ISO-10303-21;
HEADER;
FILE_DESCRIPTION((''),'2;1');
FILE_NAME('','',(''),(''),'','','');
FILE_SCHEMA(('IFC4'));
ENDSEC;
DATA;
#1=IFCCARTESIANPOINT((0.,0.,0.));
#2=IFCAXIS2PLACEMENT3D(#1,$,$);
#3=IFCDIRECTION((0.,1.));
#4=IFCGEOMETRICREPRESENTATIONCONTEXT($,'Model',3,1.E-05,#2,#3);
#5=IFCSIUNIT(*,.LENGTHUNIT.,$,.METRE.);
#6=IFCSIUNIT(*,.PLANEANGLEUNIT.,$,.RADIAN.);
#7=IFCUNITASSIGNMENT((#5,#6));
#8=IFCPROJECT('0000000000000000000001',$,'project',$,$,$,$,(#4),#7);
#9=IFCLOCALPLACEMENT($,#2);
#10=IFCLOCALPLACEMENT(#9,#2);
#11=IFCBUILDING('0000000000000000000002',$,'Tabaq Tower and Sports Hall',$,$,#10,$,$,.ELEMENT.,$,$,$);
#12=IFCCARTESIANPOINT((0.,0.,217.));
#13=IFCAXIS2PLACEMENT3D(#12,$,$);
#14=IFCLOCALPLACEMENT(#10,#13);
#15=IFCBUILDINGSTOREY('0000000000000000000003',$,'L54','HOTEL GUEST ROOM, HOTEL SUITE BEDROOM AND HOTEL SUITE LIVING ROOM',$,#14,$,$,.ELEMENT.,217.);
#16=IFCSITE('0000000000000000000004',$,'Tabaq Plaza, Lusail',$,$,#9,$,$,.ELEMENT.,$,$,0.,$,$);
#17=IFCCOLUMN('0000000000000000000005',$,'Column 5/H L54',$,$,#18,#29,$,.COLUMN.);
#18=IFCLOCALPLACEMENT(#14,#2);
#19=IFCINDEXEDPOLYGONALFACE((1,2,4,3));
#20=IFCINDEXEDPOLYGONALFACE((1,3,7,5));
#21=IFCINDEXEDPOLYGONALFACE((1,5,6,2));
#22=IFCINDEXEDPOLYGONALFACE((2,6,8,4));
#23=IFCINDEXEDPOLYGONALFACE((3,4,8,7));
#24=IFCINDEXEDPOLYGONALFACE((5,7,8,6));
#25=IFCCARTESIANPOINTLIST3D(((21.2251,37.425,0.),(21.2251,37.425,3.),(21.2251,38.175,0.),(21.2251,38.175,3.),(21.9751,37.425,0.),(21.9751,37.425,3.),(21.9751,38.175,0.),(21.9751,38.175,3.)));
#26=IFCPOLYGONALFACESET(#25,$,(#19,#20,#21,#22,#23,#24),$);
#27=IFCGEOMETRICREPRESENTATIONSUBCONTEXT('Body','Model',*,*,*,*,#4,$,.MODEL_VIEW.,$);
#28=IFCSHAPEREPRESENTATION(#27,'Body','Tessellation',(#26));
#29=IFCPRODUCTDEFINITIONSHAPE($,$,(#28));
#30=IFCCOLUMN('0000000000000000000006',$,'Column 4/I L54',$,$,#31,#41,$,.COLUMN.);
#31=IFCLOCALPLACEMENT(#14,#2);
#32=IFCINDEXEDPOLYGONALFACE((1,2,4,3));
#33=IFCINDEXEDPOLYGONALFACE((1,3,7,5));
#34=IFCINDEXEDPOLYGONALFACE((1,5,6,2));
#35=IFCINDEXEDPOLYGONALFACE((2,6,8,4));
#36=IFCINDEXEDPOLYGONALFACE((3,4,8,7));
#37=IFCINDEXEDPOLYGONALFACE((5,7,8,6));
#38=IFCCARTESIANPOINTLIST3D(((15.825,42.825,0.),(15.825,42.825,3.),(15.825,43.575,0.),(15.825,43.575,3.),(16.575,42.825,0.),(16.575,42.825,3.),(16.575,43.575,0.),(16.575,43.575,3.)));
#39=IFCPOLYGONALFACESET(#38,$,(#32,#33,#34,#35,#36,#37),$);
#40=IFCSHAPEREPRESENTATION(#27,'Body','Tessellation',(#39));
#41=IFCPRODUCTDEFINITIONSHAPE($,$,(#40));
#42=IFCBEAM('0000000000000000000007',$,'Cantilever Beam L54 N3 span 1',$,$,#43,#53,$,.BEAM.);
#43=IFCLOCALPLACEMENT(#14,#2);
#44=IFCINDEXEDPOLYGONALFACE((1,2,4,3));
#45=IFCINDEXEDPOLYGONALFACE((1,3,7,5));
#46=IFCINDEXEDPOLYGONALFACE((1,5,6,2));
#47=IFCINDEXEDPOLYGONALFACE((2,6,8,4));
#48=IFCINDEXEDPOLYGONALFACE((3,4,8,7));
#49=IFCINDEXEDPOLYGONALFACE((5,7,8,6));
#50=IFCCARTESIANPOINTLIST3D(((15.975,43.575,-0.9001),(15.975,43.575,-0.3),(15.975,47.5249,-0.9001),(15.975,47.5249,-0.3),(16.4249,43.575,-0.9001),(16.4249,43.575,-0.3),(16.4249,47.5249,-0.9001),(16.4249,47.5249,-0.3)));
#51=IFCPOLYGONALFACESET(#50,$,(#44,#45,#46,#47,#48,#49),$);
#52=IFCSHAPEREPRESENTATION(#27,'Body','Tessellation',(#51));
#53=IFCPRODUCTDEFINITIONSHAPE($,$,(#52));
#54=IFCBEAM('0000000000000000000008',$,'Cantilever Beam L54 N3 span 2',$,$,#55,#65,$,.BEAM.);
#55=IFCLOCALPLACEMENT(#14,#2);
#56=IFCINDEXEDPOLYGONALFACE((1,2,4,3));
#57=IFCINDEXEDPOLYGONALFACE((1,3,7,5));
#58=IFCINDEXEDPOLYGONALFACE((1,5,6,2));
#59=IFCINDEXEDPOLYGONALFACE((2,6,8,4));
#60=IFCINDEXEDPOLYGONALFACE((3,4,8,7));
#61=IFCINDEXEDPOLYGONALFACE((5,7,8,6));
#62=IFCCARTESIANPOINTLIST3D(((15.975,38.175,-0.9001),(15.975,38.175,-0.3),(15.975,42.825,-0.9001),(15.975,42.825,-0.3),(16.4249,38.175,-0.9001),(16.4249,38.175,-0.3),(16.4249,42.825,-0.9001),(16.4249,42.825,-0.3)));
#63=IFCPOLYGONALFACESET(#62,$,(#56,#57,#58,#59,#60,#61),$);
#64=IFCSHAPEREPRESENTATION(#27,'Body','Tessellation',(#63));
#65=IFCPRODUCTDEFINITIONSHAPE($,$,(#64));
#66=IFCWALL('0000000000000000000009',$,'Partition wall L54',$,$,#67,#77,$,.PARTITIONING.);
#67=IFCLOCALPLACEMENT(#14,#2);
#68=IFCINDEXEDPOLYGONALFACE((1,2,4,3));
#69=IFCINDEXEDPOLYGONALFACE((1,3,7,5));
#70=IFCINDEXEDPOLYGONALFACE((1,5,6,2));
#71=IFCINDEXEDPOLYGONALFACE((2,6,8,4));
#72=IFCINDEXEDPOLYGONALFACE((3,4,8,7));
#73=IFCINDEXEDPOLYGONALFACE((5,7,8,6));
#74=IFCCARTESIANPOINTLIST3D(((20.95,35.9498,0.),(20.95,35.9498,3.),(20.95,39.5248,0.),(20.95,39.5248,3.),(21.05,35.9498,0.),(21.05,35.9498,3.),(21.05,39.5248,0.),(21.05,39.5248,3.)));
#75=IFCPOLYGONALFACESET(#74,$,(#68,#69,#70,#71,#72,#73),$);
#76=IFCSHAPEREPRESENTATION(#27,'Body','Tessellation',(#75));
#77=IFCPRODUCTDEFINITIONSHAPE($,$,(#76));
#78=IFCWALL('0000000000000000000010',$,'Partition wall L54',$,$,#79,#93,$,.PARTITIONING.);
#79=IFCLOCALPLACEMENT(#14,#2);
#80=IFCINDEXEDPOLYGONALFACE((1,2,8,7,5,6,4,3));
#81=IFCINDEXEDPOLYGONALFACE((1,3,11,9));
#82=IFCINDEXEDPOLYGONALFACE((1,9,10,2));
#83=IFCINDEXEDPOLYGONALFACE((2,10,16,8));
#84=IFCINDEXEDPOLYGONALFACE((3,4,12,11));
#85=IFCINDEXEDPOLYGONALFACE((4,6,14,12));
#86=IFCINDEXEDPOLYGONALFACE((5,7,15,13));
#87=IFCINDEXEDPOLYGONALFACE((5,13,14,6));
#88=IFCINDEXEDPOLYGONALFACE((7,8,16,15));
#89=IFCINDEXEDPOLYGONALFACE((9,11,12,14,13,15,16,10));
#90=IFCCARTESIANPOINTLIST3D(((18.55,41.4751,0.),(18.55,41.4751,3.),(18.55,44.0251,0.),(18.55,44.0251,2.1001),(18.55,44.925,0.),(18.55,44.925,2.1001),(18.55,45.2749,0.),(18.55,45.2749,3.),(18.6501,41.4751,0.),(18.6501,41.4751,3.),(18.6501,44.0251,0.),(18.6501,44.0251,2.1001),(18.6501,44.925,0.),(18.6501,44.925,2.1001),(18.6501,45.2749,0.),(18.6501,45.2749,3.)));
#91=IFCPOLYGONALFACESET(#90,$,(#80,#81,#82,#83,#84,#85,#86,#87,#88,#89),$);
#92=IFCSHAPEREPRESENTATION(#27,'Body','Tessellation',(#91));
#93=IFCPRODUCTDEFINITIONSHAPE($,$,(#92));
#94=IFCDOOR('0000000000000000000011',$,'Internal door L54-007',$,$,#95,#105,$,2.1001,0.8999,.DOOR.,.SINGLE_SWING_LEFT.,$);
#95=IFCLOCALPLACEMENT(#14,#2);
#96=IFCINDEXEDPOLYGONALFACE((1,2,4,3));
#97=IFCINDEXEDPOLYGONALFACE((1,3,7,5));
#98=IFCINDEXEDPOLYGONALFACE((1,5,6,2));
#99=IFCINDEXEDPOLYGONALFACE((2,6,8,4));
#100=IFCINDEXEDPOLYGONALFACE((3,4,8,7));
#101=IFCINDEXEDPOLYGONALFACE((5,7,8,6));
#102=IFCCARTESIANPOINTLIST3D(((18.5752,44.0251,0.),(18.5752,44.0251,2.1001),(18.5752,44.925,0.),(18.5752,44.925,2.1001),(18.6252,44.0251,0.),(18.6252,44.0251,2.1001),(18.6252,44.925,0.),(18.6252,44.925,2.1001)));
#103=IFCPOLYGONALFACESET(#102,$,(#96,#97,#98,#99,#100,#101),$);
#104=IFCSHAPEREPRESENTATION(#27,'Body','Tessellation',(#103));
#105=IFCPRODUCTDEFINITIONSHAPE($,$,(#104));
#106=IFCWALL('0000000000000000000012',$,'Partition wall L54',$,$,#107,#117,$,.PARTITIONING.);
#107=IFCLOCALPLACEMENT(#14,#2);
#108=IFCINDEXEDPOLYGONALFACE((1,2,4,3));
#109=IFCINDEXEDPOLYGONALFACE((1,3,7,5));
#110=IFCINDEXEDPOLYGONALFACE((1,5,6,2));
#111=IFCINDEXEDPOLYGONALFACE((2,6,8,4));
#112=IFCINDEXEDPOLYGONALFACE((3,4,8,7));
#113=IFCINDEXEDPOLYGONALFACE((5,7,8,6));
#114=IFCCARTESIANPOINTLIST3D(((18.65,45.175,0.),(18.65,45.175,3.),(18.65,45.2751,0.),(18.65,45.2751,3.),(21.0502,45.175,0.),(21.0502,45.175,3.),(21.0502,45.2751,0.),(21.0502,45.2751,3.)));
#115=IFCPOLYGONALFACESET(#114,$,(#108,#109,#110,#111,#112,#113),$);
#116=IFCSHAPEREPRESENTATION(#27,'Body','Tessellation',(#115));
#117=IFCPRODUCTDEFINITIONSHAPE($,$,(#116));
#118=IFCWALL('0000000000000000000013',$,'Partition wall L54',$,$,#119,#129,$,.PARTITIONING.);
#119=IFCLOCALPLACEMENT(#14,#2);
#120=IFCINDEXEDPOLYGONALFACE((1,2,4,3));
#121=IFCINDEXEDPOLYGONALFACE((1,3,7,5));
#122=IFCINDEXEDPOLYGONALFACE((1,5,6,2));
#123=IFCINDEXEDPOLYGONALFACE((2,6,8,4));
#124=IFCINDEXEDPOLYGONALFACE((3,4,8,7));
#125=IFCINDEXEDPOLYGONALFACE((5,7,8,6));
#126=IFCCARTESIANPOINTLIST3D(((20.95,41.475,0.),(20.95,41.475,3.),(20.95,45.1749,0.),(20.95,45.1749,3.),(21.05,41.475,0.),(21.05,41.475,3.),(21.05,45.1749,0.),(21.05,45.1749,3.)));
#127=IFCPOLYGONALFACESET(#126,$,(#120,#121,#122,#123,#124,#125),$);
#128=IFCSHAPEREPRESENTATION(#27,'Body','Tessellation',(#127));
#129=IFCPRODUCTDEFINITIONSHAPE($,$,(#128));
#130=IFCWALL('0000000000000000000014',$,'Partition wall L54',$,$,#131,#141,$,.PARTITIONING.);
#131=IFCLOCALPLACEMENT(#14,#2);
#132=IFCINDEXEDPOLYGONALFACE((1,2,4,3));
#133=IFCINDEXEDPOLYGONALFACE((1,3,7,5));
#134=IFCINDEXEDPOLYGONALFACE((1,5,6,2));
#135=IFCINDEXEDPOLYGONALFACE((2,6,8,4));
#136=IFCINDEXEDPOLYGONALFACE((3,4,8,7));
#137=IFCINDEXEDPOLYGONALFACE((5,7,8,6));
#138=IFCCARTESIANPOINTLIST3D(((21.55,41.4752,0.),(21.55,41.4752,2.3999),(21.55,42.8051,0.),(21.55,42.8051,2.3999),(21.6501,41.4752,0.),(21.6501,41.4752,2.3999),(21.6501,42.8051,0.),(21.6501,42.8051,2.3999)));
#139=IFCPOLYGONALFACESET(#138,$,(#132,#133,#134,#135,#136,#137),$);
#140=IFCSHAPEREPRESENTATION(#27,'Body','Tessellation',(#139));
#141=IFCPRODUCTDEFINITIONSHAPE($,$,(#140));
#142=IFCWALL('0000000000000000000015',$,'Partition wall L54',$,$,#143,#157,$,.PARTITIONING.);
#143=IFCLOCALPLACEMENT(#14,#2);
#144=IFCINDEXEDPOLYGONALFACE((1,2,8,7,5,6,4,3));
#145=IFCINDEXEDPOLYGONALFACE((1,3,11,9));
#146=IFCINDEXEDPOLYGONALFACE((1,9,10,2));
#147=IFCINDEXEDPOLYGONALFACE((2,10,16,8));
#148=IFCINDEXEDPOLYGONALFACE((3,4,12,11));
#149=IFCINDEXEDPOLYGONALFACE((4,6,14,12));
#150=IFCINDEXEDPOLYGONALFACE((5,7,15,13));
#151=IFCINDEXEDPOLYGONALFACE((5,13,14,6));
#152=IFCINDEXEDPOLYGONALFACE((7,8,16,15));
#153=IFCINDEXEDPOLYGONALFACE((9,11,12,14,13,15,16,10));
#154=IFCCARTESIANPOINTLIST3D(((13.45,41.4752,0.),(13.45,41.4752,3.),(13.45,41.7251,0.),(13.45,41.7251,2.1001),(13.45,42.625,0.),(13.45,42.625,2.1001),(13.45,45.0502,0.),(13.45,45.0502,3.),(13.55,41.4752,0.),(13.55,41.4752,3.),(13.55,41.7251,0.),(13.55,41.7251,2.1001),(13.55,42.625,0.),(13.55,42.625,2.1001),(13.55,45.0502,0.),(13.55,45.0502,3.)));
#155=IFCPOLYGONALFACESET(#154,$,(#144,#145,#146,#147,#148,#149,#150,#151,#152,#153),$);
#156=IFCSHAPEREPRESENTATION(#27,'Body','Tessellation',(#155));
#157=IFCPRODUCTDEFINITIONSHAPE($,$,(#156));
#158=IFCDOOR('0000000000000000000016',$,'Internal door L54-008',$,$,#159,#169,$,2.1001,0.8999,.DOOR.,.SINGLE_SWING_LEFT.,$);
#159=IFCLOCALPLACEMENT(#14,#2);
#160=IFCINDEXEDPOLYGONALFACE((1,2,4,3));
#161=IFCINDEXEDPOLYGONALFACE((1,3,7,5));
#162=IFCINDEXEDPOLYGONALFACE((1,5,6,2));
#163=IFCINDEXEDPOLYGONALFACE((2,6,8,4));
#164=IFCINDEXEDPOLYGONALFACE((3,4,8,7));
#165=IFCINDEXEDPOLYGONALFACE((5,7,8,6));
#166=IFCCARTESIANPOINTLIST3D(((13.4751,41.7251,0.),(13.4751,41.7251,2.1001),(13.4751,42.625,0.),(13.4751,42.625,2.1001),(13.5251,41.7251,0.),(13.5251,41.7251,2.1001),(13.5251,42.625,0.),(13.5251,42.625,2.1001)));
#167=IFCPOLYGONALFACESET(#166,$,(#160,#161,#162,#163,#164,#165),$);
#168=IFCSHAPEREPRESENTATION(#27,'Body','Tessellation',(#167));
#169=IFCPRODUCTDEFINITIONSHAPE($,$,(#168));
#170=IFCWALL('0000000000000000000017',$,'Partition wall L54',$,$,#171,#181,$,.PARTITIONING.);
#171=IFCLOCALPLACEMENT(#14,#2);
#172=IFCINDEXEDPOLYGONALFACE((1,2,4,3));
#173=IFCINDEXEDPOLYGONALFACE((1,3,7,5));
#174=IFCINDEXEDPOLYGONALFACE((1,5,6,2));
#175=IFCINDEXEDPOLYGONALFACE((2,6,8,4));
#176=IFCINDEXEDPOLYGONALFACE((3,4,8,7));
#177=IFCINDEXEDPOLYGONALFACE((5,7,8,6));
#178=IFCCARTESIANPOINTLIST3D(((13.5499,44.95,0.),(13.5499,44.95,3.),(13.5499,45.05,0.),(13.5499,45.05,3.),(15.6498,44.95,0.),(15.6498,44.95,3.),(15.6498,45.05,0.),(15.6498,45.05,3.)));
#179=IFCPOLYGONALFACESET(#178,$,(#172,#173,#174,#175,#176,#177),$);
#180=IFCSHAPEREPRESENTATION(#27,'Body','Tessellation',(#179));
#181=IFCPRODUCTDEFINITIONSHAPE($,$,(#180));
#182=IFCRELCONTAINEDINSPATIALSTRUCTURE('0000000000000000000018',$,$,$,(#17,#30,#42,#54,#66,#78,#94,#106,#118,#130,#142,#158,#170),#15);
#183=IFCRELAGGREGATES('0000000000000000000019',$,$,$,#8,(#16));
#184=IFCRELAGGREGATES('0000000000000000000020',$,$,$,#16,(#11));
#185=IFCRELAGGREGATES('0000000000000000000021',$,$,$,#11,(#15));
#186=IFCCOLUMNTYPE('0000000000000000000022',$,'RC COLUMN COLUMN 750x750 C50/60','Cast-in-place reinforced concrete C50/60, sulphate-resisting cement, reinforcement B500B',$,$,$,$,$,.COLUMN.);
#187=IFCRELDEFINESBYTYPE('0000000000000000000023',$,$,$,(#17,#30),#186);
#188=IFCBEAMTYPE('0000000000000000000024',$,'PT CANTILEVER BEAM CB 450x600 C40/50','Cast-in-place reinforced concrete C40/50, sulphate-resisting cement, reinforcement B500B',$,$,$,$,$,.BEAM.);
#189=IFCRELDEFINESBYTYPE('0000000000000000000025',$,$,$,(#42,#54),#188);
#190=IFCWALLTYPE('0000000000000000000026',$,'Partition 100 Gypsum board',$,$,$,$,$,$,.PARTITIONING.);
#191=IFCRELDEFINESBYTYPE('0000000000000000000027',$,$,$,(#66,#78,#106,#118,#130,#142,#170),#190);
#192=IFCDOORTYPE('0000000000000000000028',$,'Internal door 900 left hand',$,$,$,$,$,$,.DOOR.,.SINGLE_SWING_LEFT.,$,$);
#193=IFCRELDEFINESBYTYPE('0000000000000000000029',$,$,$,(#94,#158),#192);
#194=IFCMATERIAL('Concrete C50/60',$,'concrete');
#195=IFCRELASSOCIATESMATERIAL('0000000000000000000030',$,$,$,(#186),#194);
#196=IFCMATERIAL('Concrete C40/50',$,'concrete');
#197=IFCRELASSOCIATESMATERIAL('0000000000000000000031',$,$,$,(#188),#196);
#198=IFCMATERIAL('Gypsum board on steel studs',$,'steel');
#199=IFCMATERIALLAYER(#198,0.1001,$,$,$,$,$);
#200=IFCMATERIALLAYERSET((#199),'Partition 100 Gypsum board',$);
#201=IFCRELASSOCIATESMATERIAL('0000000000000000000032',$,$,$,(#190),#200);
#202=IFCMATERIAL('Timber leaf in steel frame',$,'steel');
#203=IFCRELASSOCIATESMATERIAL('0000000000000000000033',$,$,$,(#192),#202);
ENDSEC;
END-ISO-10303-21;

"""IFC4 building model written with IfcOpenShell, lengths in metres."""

from ifc_helpers import new_model, si_unit, direction, frame, frame_2d, origin, origin_2d, place, context, subcontext, project, spatial, rectangle, extrude, material, layer, layer_set, material_profile, profile_set, type_object, element, fill, save


model = new_model("IFC4")

# Units and contexts
model_context = context("Model", 3, precision=1e-05, world=origin(), true_north=direction((0.0, 1.0)))
body_context = subcontext(model_context, "Body", "Model", "MODEL_VIEW")
ifc_project = project(units=[si_unit("LENGTHUNIT", "METRE"), si_unit("PLANEANGLEUNIT", "RADIAN")], contexts=[model_context])

# Site, building, storey
site_placement = place(None, origin())
site = spatial("IfcSite", under=ifc_project, at=site_placement, Name="Tabaq Plaza, Lusail", CompositionType="ELEMENT", RefElevation=0.0)
building_placement = place(site_placement, origin())
building = spatial("IfcBuilding", under=site, at=building_placement, Name="Tabaq Tower and Sports Hall", CompositionType="ELEMENT")
storey_placement = place(building_placement, frame((0.0, 0.0, 217.0)))
storey = spatial("IfcBuildingStorey", under=building, at=storey_placement, Name="L54", Description="HOTEL GUEST ROOM, HOTEL SUITE BEDROOM AND HOTEL SUITE LIVING ROOM", CompositionType="ELEMENT", Elevation=217.0)

# Columns
ifc_material_1 = material(Name="Concrete C50/60", Category="concrete")
ifc_material_profile_1 = material_profile(ifc_material_1, rectangle(XDim=0.75, YDim=0.75, at=origin_2d()), Name="COLUMN 750x750")
ifc_profile_set_1 = profile_set([ifc_material_profile_1], Name="Concrete C50/60")
column_type = type_object("IfcColumnType", Name="RC COLUMN COLUMN 750x750 C50/60", Description="Cast-in-place reinforced concrete C50/60, sulphate-resisting cement, reinforcement B500B", PredefinedType="COLUMN", material=ifc_profile_set_1)
for number, where, z_axis, x_axis, name in (
    (1, (21.6001, 37.8, 0.0), (0.0, 0.0, 1.0), (1.0, 0.0, 0.0), "Column 5/H L54"),
    (2, (16.2, 43.2, 0.0), (0.0, 0.0, 1.0), (1.0, 0.0, 0.0), "Column 4/I L54"),
):
    element("IfcColumn", number, at=place(storey_placement, frame(where, z_axis=z_axis, x_axis=x_axis)), inside=storey, type_object=column_type, Name=name, PredefinedType="COLUMN", context=body_context, shape_type="SweptSolid", body=[
        extrude(rectangle(XDim=0.75, YDim=0.75, at=origin_2d()), origin(), (0.0, 0.0, 1.0), 3.0),
    ])

# Beams
ifc_material_2 = material(Name="Concrete C40/50", Category="concrete")
ifc_material_profile_2 = material_profile(ifc_material_2, rectangle(XDim=0.45, YDim=0.6001, at=origin_2d()), Name="CB 450x600")
ifc_profile_set_2 = profile_set([ifc_material_profile_2], Name="Concrete C40/50")
beam_type = type_object("IfcBeamType", Name="PT CANTILEVER BEAM CB 450x600 C40/50", Description="Cast-in-place reinforced concrete C40/50, sulphate-resisting cement, reinforcement B500B", PredefinedType="BEAM", material=ifc_profile_set_2)
beam_1_placement = place(storey_placement, frame((16.2, 47.5249, -0.6001), z_axis=(0.0, -1.0, 0.0), x_axis=(1.0, 0.0, 0.0)))
element("IfcBeam", 3, at=beam_1_placement, inside=storey, type_object=beam_type, Name="Cantilever Beam L54 N3 span 1", PredefinedType="BEAM", context=body_context, shape_type="SweptSolid", body=[
    extrude(rectangle(XDim=0.45, YDim=0.6001, at=origin_2d()), origin(), (0.0, 0.0, 1.0), 3.95),
])
beam_2_placement = place(storey_placement, frame((16.2, 42.825, -0.6001), z_axis=(0.0, -1.0, 0.0), x_axis=(1.0, 0.0, 0.0)))
element("IfcBeam", 4, at=beam_2_placement, inside=storey, type_object=beam_type, Name="Cantilever Beam L54 N3 span 2", PredefinedType="BEAM", context=body_context, shape_type="SweptSolid", body=[
    extrude(rectangle(XDim=0.45, YDim=0.6001, at=origin_2d()), origin(), (0.0, 0.0, 1.0), 4.6499),
])

# Wall
ifc_material_3 = material(Name="Gypsum board on steel studs", Category="steel")
ifc_layer_1 = layer(ifc_material_3, 0.1001)
ifc_layer_set_1 = layer_set([ifc_layer_1], Name="Partition 100 Gypsum board")
wall_type_1 = type_object("IfcWallType", Name="Partition 100 Gypsum board", PredefinedType="PARTITIONING", material=ifc_layer_set_1)
wall_1_placement = place(storey_placement, frame((21.0, 39.5249, 0.0), z_axis=(0.0, 0.0, 1.0), x_axis=(0.0, -1.0, 0.0)))
element("IfcWall", 5, at=wall_1_placement, inside=storey, type_object=wall_type_1, Name="Partition wall L54", PredefinedType="PARTITIONING", context=body_context, shape_type="SweptSolid", body=[
    extrude(rectangle(XDim=3.575, YDim=0.1001, at=frame_2d((1.7876, 0.0))), origin(), (0.0, 0.0, 1.0), 3.0),
])

# Wall, opening, door
wall_2_placement = place(storey_placement, frame((18.6001, 41.4751, 0.0), z_axis=(0.0, 0.0, 1.0), x_axis=(0.0, 1.0, 0.0)))
wall_2 = element("IfcWall", 6, at=wall_2_placement, inside=storey, type_object=wall_type_1, Name="Partition wall L54", PredefinedType="PARTITIONING", context=body_context, shape_type="SweptSolid", body=[
    extrude(rectangle(XDim=3.7998, YDim=0.1001, at=frame_2d((1.8999, 0.0))), origin(), (0.0, 0.0, 1.0), 3.0),
])
opening_1_placement = place(wall_2_placement, frame((2.55, 0.0, 0.0)))
opening_1 = element("IfcOpeningElement", 7, at=opening_1_placement, cuts=wall_2, PredefinedType="OPENING", context=body_context, shape_type="SweptSolid", body=[
    extrude(rectangle(XDim=0.8999, YDim=2.1001, at=frame_2d((0.45, 1.05))), frame((0.0, 0.05, 0.0), z_axis=(0.0, -1.0, 0.0), x_axis=(1.0, 0.0, 0.0)), (0.0, 0.0, 1.0), 0.1001),
])
ifc_material_4 = material(Name="Timber leaf in steel frame", Category="steel")
door_type = type_object("IfcDoorType", Name="Internal door 900 left hand", OperationType="SINGLE_SWING_LEFT", PredefinedType="DOOR", material=ifc_material_4)
door_1_placement = place(opening_1_placement, origin())
door_1 = element("IfcDoor", 8, at=door_1_placement, inside=storey, type_object=door_type, Name="Internal door L54-007", OperationType="SINGLE_SWING_LEFT", OverallHeight=2.1001, OverallWidth=0.8999, PredefinedType="DOOR", context=body_context, shape_type="SweptSolid", body=[
    extrude(rectangle(XDim=0.8999, YDim=2.1001, at=frame_2d((0.45, 1.05))), frame((0.0, 0.0249, 0.0), z_axis=(0.0, -1.0, 0.0), x_axis=(1.0, 0.0, 0.0)), (0.0, 0.0, 1.0), 0.05),
])
fill(opening_1, door_1)

# Walls
wall_3_placement = place(storey_placement, frame((18.6499, 45.2251, 0.0), z_axis=(0.0, 0.0, 1.0), x_axis=(1.0, 0.0, 0.0)))
element("IfcWall", 9, at=wall_3_placement, inside=storey, type_object=wall_type_1, Name="Partition wall L54", PredefinedType="PARTITIONING", context=body_context, shape_type="SweptSolid", body=[
    extrude(rectangle(XDim=2.4001, YDim=0.1001, at=frame_2d((1.2002, 0.0))), origin(), (0.0, 0.0, 1.0), 3.0),
])
wall_4_placement = place(storey_placement, frame((21.0, 45.175, 0.0), z_axis=(0.0, 0.0, 1.0), x_axis=(0.0, -1.0, 0.0)))
element("IfcWall", 10, at=wall_4_placement, inside=storey, type_object=wall_type_1, Name="Partition wall L54", PredefinedType="PARTITIONING", context=body_context, shape_type="SweptSolid", body=[
    extrude(rectangle(XDim=3.7, YDim=0.1001, at=frame_2d((1.8501, 0.0))), origin(), (0.0, 0.0, 1.0), 3.0),
])
wall_5_placement = place(storey_placement, frame((21.6001, 41.4751, 0.0), z_axis=(0.0, 0.0, 1.0), x_axis=(0.0, 1.0, 0.0)))
element("IfcWall", 11, at=wall_5_placement, inside=storey, type_object=wall_type_1, Name="Partition wall L54", PredefinedType="PARTITIONING", context=body_context, shape_type="SweptSolid", body=[
    extrude(rectangle(XDim=1.3298, YDim=0.1001, at=frame_2d((0.665, 0.0))), origin(), (0.0, 0.0, 1.0), 2.3999),
])

# Wall, opening, door
wall_6_placement = place(storey_placement, frame((13.5, 41.4751, 0.0), z_axis=(0.0, 0.0, 1.0), x_axis=(0.0, 1.0, 0.0)))
wall_6 = element("IfcWall", 12, at=wall_6_placement, inside=storey, type_object=wall_type_1, Name="Partition wall L54", PredefinedType="PARTITIONING", context=body_context, shape_type="SweptSolid", body=[
    extrude(rectangle(XDim=3.575, YDim=0.1001, at=frame_2d((1.7876, 0.0))), origin(), (0.0, 0.0, 1.0), 3.0),
])
opening_2_placement = place(wall_6_placement, frame((0.25, 0.0, 0.0)))
opening_2 = element("IfcOpeningElement", 13, at=opening_2_placement, cuts=wall_6, PredefinedType="OPENING", context=body_context, shape_type="SweptSolid", body=[
    extrude(rectangle(XDim=0.8999, YDim=2.1001, at=frame_2d((0.45, 1.05))), frame((0.0, 0.05, 0.0), z_axis=(0.0, -1.0, 0.0), x_axis=(1.0, 0.0, 0.0)), (0.0, 0.0, 1.0), 0.1001),
])
door_2_placement = place(opening_2_placement, origin())
door_2 = element("IfcDoor", 14, at=door_2_placement, inside=storey, type_object=door_type, Name="Internal door L54-008", OperationType="SINGLE_SWING_LEFT", OverallHeight=2.1001, OverallWidth=0.8999, PredefinedType="DOOR", context=body_context, shape_type="SweptSolid", body=[
    extrude(rectangle(XDim=0.8999, YDim=2.1001, at=frame_2d((0.45, 1.05))), frame((0.0, 0.0249, 0.0), z_axis=(0.0, -1.0, 0.0), x_axis=(1.0, 0.0, 0.0)), (0.0, 0.0, 1.0), 0.05),
])
fill(opening_2, door_2)

# Wall
wall_7_placement = place(storey_placement, frame((13.55, 45.0, 0.0), z_axis=(0.0, 0.0, 1.0), x_axis=(1.0, 0.0, 0.0)))
element("IfcWall", 15, at=wall_7_placement, inside=storey, type_object=wall_type_1, Name="Partition wall L54", PredefinedType="PARTITIONING", context=body_context, shape_type="SweptSolid", body=[
    extrude(rectangle(XDim=2.0999, YDim=0.1001, at=frame_2d((1.0498, 0.0))), origin(), (0.0, 0.0, 1.0), 3.0),
])

save(model, "model.ifc")
